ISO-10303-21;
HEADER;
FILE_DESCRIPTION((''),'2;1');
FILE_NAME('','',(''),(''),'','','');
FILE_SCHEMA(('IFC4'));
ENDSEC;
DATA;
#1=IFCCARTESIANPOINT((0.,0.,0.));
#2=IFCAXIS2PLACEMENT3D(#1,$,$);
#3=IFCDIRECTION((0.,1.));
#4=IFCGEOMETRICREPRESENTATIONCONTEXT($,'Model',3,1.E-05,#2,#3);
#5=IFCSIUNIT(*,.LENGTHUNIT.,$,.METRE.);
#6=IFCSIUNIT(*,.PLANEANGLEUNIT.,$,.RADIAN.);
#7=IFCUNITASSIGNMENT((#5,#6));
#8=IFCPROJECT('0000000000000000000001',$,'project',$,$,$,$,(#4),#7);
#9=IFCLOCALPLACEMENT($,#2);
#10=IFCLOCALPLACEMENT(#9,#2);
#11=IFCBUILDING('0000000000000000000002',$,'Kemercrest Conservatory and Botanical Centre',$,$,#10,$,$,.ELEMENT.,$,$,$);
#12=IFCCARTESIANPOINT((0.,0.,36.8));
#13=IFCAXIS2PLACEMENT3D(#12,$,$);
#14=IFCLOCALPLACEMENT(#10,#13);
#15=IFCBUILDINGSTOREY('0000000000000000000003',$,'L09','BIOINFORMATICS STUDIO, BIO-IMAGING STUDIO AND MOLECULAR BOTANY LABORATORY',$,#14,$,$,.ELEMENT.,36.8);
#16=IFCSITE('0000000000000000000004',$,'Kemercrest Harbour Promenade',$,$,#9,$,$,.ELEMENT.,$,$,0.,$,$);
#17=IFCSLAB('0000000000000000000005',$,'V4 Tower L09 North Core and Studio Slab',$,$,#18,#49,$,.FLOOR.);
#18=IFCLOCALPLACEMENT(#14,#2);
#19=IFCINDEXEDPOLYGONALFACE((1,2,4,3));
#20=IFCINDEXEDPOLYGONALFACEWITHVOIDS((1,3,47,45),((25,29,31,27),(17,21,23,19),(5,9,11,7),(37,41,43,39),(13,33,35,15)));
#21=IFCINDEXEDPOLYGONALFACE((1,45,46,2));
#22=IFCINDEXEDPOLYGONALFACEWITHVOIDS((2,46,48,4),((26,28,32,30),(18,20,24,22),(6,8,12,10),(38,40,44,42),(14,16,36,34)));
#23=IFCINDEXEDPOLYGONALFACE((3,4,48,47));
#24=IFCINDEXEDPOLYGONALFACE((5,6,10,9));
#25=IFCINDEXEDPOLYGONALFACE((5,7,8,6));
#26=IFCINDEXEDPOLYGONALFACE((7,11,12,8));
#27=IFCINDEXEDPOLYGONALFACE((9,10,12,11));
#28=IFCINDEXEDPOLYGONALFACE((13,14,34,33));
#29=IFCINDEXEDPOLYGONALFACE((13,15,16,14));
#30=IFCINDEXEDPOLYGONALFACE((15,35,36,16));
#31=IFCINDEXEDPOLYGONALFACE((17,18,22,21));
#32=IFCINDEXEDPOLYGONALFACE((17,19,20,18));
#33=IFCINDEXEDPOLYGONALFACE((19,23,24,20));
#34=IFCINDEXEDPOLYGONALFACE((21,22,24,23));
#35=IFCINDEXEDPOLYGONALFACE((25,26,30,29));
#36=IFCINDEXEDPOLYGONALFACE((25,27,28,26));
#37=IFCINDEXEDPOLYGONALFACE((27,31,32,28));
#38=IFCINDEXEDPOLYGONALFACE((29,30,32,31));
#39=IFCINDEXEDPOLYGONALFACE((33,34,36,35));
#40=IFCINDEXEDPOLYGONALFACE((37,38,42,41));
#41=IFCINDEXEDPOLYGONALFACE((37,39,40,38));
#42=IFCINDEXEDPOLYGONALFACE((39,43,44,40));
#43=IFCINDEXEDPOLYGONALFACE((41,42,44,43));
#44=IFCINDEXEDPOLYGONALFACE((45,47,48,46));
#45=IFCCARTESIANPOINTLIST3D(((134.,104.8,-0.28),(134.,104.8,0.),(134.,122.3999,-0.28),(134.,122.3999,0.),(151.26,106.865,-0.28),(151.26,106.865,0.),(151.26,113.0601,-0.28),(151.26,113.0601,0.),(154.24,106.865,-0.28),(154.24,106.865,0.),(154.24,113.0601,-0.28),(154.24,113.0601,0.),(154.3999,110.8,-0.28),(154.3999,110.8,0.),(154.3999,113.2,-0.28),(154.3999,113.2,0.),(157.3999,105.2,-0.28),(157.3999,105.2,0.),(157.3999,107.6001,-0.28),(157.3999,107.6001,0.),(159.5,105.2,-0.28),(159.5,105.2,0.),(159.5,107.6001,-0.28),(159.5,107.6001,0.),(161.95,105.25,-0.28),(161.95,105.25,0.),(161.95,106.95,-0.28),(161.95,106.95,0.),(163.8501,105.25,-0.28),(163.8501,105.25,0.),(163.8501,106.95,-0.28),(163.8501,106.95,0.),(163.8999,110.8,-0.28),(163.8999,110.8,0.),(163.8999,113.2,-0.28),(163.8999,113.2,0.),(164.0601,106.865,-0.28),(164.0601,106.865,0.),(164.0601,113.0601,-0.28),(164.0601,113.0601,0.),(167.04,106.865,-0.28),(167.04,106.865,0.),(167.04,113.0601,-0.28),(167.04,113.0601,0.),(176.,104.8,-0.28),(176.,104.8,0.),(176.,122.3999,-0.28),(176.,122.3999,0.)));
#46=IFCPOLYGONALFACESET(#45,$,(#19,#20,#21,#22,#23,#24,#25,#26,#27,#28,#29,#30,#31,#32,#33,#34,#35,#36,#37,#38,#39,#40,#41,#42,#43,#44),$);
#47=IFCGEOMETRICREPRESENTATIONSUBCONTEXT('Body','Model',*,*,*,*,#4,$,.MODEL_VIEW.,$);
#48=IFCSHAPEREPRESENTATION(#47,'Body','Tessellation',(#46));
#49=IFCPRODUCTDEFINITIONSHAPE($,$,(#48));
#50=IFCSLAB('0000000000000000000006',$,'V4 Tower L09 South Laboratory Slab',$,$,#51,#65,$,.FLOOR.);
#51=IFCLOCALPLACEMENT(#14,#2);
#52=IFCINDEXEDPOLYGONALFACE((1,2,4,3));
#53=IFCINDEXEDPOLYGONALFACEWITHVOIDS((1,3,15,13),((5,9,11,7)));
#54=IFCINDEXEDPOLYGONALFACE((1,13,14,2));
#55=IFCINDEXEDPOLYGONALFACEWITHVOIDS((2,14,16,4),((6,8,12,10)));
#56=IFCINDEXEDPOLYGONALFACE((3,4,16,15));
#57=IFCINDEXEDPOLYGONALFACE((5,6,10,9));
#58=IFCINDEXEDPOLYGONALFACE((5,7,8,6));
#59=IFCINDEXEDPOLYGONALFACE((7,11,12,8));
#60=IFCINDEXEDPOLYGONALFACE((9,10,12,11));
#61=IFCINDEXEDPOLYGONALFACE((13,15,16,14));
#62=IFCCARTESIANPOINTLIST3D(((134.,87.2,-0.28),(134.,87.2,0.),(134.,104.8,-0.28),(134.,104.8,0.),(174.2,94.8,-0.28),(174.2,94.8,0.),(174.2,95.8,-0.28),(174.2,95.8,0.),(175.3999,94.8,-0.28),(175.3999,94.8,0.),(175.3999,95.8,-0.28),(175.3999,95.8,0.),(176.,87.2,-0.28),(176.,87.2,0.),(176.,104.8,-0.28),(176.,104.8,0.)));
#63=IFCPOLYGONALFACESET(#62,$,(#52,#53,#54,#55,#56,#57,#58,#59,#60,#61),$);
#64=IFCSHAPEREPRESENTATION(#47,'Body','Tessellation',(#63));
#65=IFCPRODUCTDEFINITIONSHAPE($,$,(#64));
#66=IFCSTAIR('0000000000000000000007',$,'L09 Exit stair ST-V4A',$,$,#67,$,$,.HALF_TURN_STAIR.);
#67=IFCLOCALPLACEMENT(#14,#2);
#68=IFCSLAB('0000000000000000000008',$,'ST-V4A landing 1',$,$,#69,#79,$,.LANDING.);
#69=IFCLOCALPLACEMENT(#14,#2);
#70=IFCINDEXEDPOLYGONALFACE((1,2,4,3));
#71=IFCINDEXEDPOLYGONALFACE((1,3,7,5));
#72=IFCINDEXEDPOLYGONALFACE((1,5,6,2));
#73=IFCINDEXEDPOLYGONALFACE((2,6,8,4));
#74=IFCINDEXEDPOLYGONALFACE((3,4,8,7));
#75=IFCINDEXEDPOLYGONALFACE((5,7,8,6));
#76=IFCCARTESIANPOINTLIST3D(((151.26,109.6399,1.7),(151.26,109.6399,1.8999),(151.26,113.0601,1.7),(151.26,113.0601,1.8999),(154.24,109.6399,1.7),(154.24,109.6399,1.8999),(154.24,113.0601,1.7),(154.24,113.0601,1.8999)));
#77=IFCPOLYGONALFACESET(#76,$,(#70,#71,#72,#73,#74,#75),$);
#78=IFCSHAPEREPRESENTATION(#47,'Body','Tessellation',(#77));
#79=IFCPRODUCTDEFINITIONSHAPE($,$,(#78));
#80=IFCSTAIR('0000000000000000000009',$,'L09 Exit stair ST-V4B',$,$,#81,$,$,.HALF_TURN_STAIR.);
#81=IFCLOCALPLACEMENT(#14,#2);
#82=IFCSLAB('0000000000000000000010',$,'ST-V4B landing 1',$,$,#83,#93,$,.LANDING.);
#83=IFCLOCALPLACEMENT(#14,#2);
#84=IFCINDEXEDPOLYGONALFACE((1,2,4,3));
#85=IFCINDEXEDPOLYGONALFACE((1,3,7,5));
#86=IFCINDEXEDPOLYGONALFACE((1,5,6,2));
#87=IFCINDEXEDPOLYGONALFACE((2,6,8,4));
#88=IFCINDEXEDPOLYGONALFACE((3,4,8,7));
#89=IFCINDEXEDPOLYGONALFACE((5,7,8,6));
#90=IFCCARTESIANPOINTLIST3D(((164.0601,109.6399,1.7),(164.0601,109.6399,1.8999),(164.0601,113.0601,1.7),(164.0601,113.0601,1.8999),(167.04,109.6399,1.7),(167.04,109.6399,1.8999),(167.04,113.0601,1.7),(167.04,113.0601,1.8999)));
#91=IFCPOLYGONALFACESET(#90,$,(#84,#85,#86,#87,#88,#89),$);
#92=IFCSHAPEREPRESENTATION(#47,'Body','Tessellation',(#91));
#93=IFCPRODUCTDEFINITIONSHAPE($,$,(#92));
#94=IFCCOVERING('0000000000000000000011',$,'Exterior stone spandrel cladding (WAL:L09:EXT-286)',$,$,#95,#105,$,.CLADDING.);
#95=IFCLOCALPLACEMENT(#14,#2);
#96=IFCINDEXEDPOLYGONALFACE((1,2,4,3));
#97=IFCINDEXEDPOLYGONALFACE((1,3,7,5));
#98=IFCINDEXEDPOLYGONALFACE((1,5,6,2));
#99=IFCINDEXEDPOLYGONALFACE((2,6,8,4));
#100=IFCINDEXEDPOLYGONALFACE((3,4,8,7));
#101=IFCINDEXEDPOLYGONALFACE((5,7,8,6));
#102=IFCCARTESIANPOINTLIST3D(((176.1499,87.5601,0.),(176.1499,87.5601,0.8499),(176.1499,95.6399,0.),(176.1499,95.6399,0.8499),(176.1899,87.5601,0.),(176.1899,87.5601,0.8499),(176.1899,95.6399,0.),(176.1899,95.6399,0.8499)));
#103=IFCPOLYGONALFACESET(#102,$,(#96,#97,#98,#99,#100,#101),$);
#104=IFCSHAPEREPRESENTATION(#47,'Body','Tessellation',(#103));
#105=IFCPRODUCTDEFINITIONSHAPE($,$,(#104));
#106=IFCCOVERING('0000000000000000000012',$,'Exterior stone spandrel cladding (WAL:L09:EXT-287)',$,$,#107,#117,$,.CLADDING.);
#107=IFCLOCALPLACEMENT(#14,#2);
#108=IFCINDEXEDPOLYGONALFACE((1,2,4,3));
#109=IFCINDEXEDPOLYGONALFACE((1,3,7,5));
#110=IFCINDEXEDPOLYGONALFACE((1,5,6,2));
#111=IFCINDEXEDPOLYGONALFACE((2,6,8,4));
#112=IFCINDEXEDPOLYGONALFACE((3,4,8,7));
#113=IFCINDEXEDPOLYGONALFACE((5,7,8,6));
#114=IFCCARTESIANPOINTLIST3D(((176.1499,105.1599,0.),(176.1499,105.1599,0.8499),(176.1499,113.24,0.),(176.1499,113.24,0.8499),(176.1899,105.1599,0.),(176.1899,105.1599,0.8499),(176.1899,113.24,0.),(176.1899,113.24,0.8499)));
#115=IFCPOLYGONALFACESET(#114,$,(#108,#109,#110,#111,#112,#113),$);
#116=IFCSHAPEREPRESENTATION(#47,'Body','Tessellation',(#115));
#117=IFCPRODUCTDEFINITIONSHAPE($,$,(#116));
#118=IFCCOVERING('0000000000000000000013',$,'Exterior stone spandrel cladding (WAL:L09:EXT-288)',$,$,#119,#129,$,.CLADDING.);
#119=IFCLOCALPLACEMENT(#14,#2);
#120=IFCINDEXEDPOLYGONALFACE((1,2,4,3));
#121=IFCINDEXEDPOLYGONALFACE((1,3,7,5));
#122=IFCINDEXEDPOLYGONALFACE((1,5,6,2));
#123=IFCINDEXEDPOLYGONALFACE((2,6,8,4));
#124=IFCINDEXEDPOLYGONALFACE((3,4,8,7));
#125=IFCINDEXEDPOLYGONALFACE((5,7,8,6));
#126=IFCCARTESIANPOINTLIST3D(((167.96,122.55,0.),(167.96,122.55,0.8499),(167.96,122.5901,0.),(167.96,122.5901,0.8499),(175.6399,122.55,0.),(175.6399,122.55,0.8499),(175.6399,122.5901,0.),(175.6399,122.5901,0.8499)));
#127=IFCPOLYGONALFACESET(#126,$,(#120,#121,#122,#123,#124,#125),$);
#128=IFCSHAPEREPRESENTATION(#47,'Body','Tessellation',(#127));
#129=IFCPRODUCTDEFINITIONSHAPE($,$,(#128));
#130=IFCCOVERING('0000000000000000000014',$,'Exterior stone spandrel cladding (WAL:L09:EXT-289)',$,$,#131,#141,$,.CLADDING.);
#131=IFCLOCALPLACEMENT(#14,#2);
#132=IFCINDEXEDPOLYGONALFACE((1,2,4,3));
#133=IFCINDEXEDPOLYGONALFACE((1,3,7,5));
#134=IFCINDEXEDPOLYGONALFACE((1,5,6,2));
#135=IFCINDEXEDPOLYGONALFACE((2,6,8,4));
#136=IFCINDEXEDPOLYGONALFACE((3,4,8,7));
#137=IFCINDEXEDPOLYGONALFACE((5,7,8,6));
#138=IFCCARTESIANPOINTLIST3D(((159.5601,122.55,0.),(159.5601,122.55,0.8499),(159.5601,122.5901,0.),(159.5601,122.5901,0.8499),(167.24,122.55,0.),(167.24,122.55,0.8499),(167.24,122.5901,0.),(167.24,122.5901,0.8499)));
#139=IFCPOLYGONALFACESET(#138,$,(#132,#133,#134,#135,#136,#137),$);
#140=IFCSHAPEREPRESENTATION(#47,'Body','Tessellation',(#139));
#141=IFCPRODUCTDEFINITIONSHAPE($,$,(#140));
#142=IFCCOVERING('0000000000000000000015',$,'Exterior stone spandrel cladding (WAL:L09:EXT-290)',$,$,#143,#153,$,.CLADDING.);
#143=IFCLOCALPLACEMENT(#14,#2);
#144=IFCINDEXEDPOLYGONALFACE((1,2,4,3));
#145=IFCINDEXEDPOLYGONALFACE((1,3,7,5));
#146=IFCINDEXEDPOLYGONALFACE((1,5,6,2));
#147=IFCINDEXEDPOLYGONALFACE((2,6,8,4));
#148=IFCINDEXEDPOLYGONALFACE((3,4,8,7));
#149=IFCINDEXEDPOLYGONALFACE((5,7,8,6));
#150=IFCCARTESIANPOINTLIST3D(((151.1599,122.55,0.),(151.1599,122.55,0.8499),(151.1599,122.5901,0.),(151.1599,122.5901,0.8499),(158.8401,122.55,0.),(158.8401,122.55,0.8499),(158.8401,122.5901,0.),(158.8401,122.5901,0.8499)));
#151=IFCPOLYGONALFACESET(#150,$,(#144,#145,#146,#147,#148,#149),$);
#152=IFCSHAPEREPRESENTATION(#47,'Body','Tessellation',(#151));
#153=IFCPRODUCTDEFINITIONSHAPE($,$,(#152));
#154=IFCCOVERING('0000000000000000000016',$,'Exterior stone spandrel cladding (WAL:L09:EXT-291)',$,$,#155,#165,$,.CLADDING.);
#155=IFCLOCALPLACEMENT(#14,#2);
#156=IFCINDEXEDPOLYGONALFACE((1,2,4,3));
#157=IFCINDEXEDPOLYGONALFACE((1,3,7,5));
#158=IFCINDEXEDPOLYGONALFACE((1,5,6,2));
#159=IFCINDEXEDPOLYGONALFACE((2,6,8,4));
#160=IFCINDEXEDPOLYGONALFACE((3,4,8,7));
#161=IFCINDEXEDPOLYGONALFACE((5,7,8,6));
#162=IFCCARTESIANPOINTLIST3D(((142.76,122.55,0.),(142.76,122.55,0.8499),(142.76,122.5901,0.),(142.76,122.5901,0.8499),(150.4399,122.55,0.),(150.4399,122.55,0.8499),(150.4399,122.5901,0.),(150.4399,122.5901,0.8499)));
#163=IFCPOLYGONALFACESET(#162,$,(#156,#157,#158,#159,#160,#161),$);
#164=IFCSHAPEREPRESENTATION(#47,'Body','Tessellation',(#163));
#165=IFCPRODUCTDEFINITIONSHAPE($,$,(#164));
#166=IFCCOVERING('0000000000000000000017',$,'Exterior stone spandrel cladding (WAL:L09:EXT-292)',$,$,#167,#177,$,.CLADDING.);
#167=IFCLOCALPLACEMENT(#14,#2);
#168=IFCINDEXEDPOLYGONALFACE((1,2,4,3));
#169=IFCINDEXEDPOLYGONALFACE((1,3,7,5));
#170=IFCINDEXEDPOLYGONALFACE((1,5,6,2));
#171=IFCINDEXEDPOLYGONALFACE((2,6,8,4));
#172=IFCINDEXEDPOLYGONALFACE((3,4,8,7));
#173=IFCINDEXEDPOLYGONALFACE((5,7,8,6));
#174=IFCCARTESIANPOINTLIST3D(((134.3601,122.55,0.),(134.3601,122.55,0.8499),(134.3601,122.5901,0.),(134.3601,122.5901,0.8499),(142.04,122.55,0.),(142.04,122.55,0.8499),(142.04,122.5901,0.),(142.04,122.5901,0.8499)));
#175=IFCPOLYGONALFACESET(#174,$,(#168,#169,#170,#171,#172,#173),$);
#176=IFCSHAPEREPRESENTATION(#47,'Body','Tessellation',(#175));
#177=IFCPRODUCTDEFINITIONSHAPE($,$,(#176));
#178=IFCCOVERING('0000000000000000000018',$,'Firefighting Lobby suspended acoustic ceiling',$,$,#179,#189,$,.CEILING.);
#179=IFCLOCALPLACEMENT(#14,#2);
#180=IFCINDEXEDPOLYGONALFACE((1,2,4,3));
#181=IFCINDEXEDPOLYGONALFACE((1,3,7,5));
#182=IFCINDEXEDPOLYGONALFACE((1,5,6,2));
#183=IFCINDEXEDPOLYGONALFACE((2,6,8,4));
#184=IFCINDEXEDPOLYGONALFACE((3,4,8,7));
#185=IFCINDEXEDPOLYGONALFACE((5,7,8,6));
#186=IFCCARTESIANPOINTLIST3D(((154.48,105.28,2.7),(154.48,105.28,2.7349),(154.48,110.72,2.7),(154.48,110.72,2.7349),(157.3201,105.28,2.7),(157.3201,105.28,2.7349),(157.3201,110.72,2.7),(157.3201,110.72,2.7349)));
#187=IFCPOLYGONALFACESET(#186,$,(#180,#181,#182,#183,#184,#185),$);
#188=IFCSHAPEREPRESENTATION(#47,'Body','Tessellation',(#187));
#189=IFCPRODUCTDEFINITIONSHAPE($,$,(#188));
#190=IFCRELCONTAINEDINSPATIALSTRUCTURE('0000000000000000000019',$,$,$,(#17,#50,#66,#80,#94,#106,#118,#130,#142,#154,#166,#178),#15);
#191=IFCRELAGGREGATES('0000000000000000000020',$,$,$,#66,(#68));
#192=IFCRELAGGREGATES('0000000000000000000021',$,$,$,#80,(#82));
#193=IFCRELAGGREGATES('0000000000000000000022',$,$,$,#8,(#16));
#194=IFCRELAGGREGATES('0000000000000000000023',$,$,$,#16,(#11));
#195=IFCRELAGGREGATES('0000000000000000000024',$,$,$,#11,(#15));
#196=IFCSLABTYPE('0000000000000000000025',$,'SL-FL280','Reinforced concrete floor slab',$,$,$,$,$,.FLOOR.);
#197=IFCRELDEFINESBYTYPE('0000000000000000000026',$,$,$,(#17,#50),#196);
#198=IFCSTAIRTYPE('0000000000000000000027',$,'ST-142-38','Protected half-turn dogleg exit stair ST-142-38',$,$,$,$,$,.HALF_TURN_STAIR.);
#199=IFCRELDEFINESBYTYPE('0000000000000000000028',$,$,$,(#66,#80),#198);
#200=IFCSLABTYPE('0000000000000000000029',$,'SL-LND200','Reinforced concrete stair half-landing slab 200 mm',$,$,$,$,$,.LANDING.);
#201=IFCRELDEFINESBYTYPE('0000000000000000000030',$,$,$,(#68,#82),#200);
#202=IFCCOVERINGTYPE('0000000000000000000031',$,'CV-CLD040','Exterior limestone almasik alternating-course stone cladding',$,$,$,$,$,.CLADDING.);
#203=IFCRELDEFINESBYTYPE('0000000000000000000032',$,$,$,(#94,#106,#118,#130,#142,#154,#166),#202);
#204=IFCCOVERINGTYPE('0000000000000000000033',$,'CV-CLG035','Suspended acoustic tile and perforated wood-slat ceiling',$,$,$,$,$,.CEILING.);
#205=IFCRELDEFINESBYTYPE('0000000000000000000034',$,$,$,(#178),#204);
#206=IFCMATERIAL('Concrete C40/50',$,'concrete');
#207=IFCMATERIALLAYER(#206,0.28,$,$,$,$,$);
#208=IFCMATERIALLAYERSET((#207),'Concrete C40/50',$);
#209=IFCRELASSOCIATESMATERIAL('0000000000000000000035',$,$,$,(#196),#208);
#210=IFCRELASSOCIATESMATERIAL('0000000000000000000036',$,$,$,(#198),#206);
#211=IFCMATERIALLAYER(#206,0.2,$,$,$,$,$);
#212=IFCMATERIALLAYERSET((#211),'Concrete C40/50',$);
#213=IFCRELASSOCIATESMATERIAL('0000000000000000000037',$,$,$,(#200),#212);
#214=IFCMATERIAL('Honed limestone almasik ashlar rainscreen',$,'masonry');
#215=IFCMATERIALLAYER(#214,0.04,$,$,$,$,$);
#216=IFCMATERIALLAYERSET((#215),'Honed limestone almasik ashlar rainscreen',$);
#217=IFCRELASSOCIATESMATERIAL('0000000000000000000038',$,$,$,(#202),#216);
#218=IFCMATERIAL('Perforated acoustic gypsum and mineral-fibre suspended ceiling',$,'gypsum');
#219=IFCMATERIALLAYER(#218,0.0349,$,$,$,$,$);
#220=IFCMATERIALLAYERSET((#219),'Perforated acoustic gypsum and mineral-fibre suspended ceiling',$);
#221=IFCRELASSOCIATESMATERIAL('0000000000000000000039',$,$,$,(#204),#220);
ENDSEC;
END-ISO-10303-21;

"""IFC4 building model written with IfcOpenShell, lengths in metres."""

from ifc_helpers import new_model, si_unit, direction, frame, origin, place, context, subcontext, project, spatial, polyline, outline, extrude, material, layer, layer_set, type_object, element, aggregate, save


model = new_model("IFC4")

# Units and contexts
model_context = context("Model", 3, precision=1e-05, world=origin(), true_north=direction((0.0, 1.0)))
body_context = subcontext(model_context, "Body", "Model", "MODEL_VIEW")
ifc_project = project(units=[si_unit("LENGTHUNIT", "METRE"), si_unit("PLANEANGLEUNIT", "RADIAN")], contexts=[model_context])

# Site, building, storey
site_placement = place(None, origin())
site = spatial("IfcSite", under=ifc_project, at=site_placement, Name="Kemercrest Harbour Promenade", CompositionType="ELEMENT", RefElevation=0.0)
building_placement = place(site_placement, origin())
building = spatial("IfcBuilding", under=site, at=building_placement, Name="Kemercrest Conservatory and Botanical Centre", CompositionType="ELEMENT")
storey_placement = place(building_placement, frame((0.0, 0.0, 36.8)))
storey = spatial("IfcBuildingStorey", under=building, at=storey_placement, Name="L09", Description="BIOINFORMATICS STUDIO, BIO-IMAGING STUDIO AND MOLECULAR BOTANY LABORATORY", CompositionType="ELEMENT", Elevation=36.8)

# Slabs
ifc_material_1 = material(Name="Concrete C40/50", Category="concrete")
ifc_layer_1 = layer(ifc_material_1, 0.28)
ifc_layer_set_1 = layer_set([ifc_layer_1], Name="Concrete C40/50")
slab_type_1 = type_object("IfcSlabType", Name="SL-FL280", Description="Reinforced concrete floor slab", PredefinedType="FLOOR", material=ifc_layer_set_1)
slab_1_placement = place(storey_placement, frame((0.0, 0.0, -0.28)))
element("IfcSlab", 1, at=slab_1_placement, inside=storey, type_object=slab_type_1, Name="V4 Tower L09 North Core and Studio Slab", PredefinedType="FLOOR", context=body_context, shape_type="SweptSolid", body=[
    extrude(outline(polyline([(134.0, 122.3999), (134.0, 104.8), (176.0, 104.8), (176.0, 122.3999), (134.0, 122.3999)]), holes=[polyline([(164.0601, 106.865), (164.0601, 113.0601), (167.04, 113.0601), (167.04, 106.865), (164.0601, 106.865)]), polyline([(154.3999, 110.8), (154.3999, 113.2), (163.8999, 113.2), (163.8999, 110.8), (154.3999, 110.8)]), polyline([(161.95, 105.25), (161.95, 106.95), (163.8501, 106.95), (163.8501, 105.25), (161.95, 105.25)]), polyline([(157.3999, 105.2), (157.3999, 107.6001), (159.5, 107.6001), (159.5, 105.2), (157.3999, 105.2)]), polyline([(154.24, 106.865), (151.26, 106.865), (151.26, 113.0601), (154.24, 113.0601), (154.24, 106.865)])]), origin(), (0.0, 0.0, 1.0), 0.28),
])
slab_2_placement = place(storey_placement, frame((0.0, 0.0, -0.28)))
element("IfcSlab", 2, at=slab_2_placement, inside=storey, type_object=slab_type_1, Name="V4 Tower L09 South Laboratory Slab", PredefinedType="FLOOR", context=body_context, shape_type="SweptSolid", body=[
    extrude(outline(polyline([(134.0, 104.8), (134.0, 87.2), (176.0, 87.2), (176.0, 104.8), (134.0, 104.8)]), holes=[polyline([(175.3999, 94.8), (174.2, 94.8), (174.2, 95.8), (175.3999, 95.8), (175.3999, 94.8)])]), origin(), (0.0, 0.0, 1.0), 0.28),
])

# Stairs, slabs
stair_type = type_object("IfcStairType", Name="ST-142-38", Description="Protected half-turn dogleg exit stair ST-142-38", PredefinedType="HALF_TURN_STAIR", material=ifc_material_1)
stair_1_placement = place(storey_placement, origin())
stair_1 = element("IfcStair", 3, at=stair_1_placement, inside=storey, type_object=stair_type, Name="L09 Exit stair ST-V4A", PredefinedType="HALF_TURN_STAIR")
ifc_layer_2 = layer(ifc_material_1, 0.2)
ifc_layer_set_2 = layer_set([ifc_layer_2], Name="Concrete C40/50")
slab_type_2 = type_object("IfcSlabType", Name="SL-LND200", Description="Reinforced concrete stair half-landing slab 200 mm", PredefinedType="LANDING", material=ifc_layer_set_2)
slab_3_placement = place(storey_placement, frame((0.0, 0.0, 1.7)))
slab_3 = element("IfcSlab", 4, at=slab_3_placement, type_object=slab_type_2, Name="ST-V4A landing 1", PredefinedType="LANDING", context=body_context, shape_type="SweptSolid", body=[
    extrude(outline(polyline([(154.24, 109.6399), (154.24, 113.0601), (151.26, 113.0601), (151.26, 109.6399), (154.24, 109.6399)])), origin(), (0.0, 0.0, 1.0), 0.2),
])
aggregate(stair_1, [slab_3])
stair_2_placement = place(storey_placement, origin())
stair_2 = element("IfcStair", 5, at=stair_2_placement, inside=storey, type_object=stair_type, Name="L09 Exit stair ST-V4B", PredefinedType="HALF_TURN_STAIR")
slab_4_placement = place(storey_placement, frame((0.0, 0.0, 1.7)))
slab_4 = element("IfcSlab", 6, at=slab_4_placement, type_object=slab_type_2, Name="ST-V4B landing 1", PredefinedType="LANDING", context=body_context, shape_type="SweptSolid", body=[
    extrude(outline(polyline([(167.04, 109.6399), (167.04, 113.0601), (164.0601, 113.0601), (164.0601, 109.6399), (167.04, 109.6399)])), origin(), (0.0, 0.0, 1.0), 0.2),
])
aggregate(stair_2, [slab_4])

# Coverings
ifc_material_2 = material(Name="Honed limestone almasik ashlar rainscreen", Category="masonry")
ifc_layer_3 = layer(ifc_material_2, 0.04)
ifc_layer_set_3 = layer_set([ifc_layer_3], Name="Honed limestone almasik ashlar rainscreen")
covering_type_1 = type_object("IfcCoveringType", Name="CV-CLD040", Description="Exterior limestone almasik alternating-course stone cladding", PredefinedType="CLADDING", material=ifc_layer_set_3)
covering_1_placement = place(storey_placement, origin())
element("IfcCovering", 7, at=covering_1_placement, inside=storey, type_object=covering_type_1, Name="Exterior stone spandrel cladding (WAL:L09:EXT-286)", PredefinedType="CLADDING", context=body_context, shape_type="SweptSolid", body=[
    extrude(outline(polyline([(176.1499, 87.5601), (176.1899, 87.5601), (176.1899, 95.6399), (176.1499, 95.6399), (176.1499, 87.5601)])), origin(), (0.0, 0.0, 1.0), 0.8499),
])
covering_2_placement = place(storey_placement, origin())
element("IfcCovering", 8, at=covering_2_placement, inside=storey, type_object=covering_type_1, Name="Exterior stone spandrel cladding (WAL:L09:EXT-287)", PredefinedType="CLADDING", context=body_context, shape_type="SweptSolid", body=[
    extrude(outline(polyline([(176.1499, 105.1599), (176.1899, 105.1599), (176.1899, 113.24), (176.1499, 113.24), (176.1499, 105.1599)])), origin(), (0.0, 0.0, 1.0), 0.8499),
])
covering_3_placement = place(storey_placement, origin())
element("IfcCovering", 9, at=covering_3_placement, inside=storey, type_object=covering_type_1, Name="Exterior stone spandrel cladding (WAL:L09:EXT-288)", PredefinedType="CLADDING", context=body_context, shape_type="SweptSolid", body=[
    extrude(outline(polyline([(175.6399, 122.55), (175.6399, 122.5901), (167.96, 122.5901), (167.96, 122.55), (175.6399, 122.55)])), origin(), (0.0, 0.0, 1.0), 0.8499),
])
covering_4_placement = place(storey_placement, origin())
element("IfcCovering", 10, at=covering_4_placement, inside=storey, type_object=covering_type_1, Name="Exterior stone spandrel cladding (WAL:L09:EXT-289)", PredefinedType="CLADDING", context=body_context, shape_type="SweptSolid", body=[
    extrude(outline(polyline([(167.24, 122.55), (167.24, 122.5901), (159.5601, 122.5901), (159.5601, 122.55), (167.24, 122.55)])), origin(), (0.0, 0.0, 1.0), 0.8499),
])
covering_5_placement = place(storey_placement, origin())
element("IfcCovering", 11, at=covering_5_placement, inside=storey, type_object=covering_type_1, Name="Exterior stone spandrel cladding (WAL:L09:EXT-290)", PredefinedType="CLADDING", context=body_context, shape_type="SweptSolid", body=[
    extrude(outline(polyline([(158.8401, 122.55), (158.8401, 122.5901), (151.1599, 122.5901), (151.1599, 122.55), (158.8401, 122.55)])), origin(), (0.0, 0.0, 1.0), 0.8499),
])
covering_6_placement = place(storey_placement, origin())
element("IfcCovering", 12, at=covering_6_placement, inside=storey, type_object=covering_type_1, Name="Exterior stone spandrel cladding (WAL:L09:EXT-291)", PredefinedType="CLADDING", context=body_context, shape_type="SweptSolid", body=[
    extrude(outline(polyline([(150.4399, 122.55), (150.4399, 122.5901), (142.76, 122.5901), (142.76, 122.55), (150.4399, 122.55)])), origin(), (0.0, 0.0, 1.0), 0.8499),
])
covering_7_placement = place(storey_placement, origin())
element("IfcCovering", 13, at=covering_7_placement, inside=storey, type_object=covering_type_1, Name="Exterior stone spandrel cladding (WAL:L09:EXT-292)", PredefinedType="CLADDING", context=body_context, shape_type="SweptSolid", body=[
    extrude(outline(polyline([(142.04, 122.55), (142.04, 122.5901), (134.3601, 122.5901), (134.3601, 122.55), (142.04, 122.55)])), origin(), (0.0, 0.0, 1.0), 0.8499),
])
ifc_material_3 = material(Name="Perforated acoustic gypsum and mineral-fibre suspended ceiling", Category="gypsum")
ifc_layer_4 = layer(ifc_material_3, 0.0349)
ifc_layer_set_4 = layer_set([ifc_layer_4], Name="Perforated acoustic gypsum and mineral-fibre suspended ceiling")
covering_type_2 = type_object("IfcCoveringType", Name="CV-CLG035", Description="Suspended acoustic tile and perforated wood-slat ceiling", PredefinedType="CEILING", material=ifc_layer_set_4)
covering_8_placement = place(storey_placement, frame((0.0, 0.0, 2.7)))
element("IfcCovering", 14, at=covering_8_placement, inside=storey, type_object=covering_type_2, Name="Firefighting Lobby suspended acoustic ceiling", PredefinedType="CEILING", context=body_context, shape_type="SweptSolid", body=[
    extrude(outline(polyline([(154.48, 105.28), (157.3201, 105.28), (157.3201, 110.72), (154.48, 110.72), (154.48, 105.28)])), origin(), (0.0, 0.0, 1.0), 0.0349),
])

save(model, "model.ifc")
